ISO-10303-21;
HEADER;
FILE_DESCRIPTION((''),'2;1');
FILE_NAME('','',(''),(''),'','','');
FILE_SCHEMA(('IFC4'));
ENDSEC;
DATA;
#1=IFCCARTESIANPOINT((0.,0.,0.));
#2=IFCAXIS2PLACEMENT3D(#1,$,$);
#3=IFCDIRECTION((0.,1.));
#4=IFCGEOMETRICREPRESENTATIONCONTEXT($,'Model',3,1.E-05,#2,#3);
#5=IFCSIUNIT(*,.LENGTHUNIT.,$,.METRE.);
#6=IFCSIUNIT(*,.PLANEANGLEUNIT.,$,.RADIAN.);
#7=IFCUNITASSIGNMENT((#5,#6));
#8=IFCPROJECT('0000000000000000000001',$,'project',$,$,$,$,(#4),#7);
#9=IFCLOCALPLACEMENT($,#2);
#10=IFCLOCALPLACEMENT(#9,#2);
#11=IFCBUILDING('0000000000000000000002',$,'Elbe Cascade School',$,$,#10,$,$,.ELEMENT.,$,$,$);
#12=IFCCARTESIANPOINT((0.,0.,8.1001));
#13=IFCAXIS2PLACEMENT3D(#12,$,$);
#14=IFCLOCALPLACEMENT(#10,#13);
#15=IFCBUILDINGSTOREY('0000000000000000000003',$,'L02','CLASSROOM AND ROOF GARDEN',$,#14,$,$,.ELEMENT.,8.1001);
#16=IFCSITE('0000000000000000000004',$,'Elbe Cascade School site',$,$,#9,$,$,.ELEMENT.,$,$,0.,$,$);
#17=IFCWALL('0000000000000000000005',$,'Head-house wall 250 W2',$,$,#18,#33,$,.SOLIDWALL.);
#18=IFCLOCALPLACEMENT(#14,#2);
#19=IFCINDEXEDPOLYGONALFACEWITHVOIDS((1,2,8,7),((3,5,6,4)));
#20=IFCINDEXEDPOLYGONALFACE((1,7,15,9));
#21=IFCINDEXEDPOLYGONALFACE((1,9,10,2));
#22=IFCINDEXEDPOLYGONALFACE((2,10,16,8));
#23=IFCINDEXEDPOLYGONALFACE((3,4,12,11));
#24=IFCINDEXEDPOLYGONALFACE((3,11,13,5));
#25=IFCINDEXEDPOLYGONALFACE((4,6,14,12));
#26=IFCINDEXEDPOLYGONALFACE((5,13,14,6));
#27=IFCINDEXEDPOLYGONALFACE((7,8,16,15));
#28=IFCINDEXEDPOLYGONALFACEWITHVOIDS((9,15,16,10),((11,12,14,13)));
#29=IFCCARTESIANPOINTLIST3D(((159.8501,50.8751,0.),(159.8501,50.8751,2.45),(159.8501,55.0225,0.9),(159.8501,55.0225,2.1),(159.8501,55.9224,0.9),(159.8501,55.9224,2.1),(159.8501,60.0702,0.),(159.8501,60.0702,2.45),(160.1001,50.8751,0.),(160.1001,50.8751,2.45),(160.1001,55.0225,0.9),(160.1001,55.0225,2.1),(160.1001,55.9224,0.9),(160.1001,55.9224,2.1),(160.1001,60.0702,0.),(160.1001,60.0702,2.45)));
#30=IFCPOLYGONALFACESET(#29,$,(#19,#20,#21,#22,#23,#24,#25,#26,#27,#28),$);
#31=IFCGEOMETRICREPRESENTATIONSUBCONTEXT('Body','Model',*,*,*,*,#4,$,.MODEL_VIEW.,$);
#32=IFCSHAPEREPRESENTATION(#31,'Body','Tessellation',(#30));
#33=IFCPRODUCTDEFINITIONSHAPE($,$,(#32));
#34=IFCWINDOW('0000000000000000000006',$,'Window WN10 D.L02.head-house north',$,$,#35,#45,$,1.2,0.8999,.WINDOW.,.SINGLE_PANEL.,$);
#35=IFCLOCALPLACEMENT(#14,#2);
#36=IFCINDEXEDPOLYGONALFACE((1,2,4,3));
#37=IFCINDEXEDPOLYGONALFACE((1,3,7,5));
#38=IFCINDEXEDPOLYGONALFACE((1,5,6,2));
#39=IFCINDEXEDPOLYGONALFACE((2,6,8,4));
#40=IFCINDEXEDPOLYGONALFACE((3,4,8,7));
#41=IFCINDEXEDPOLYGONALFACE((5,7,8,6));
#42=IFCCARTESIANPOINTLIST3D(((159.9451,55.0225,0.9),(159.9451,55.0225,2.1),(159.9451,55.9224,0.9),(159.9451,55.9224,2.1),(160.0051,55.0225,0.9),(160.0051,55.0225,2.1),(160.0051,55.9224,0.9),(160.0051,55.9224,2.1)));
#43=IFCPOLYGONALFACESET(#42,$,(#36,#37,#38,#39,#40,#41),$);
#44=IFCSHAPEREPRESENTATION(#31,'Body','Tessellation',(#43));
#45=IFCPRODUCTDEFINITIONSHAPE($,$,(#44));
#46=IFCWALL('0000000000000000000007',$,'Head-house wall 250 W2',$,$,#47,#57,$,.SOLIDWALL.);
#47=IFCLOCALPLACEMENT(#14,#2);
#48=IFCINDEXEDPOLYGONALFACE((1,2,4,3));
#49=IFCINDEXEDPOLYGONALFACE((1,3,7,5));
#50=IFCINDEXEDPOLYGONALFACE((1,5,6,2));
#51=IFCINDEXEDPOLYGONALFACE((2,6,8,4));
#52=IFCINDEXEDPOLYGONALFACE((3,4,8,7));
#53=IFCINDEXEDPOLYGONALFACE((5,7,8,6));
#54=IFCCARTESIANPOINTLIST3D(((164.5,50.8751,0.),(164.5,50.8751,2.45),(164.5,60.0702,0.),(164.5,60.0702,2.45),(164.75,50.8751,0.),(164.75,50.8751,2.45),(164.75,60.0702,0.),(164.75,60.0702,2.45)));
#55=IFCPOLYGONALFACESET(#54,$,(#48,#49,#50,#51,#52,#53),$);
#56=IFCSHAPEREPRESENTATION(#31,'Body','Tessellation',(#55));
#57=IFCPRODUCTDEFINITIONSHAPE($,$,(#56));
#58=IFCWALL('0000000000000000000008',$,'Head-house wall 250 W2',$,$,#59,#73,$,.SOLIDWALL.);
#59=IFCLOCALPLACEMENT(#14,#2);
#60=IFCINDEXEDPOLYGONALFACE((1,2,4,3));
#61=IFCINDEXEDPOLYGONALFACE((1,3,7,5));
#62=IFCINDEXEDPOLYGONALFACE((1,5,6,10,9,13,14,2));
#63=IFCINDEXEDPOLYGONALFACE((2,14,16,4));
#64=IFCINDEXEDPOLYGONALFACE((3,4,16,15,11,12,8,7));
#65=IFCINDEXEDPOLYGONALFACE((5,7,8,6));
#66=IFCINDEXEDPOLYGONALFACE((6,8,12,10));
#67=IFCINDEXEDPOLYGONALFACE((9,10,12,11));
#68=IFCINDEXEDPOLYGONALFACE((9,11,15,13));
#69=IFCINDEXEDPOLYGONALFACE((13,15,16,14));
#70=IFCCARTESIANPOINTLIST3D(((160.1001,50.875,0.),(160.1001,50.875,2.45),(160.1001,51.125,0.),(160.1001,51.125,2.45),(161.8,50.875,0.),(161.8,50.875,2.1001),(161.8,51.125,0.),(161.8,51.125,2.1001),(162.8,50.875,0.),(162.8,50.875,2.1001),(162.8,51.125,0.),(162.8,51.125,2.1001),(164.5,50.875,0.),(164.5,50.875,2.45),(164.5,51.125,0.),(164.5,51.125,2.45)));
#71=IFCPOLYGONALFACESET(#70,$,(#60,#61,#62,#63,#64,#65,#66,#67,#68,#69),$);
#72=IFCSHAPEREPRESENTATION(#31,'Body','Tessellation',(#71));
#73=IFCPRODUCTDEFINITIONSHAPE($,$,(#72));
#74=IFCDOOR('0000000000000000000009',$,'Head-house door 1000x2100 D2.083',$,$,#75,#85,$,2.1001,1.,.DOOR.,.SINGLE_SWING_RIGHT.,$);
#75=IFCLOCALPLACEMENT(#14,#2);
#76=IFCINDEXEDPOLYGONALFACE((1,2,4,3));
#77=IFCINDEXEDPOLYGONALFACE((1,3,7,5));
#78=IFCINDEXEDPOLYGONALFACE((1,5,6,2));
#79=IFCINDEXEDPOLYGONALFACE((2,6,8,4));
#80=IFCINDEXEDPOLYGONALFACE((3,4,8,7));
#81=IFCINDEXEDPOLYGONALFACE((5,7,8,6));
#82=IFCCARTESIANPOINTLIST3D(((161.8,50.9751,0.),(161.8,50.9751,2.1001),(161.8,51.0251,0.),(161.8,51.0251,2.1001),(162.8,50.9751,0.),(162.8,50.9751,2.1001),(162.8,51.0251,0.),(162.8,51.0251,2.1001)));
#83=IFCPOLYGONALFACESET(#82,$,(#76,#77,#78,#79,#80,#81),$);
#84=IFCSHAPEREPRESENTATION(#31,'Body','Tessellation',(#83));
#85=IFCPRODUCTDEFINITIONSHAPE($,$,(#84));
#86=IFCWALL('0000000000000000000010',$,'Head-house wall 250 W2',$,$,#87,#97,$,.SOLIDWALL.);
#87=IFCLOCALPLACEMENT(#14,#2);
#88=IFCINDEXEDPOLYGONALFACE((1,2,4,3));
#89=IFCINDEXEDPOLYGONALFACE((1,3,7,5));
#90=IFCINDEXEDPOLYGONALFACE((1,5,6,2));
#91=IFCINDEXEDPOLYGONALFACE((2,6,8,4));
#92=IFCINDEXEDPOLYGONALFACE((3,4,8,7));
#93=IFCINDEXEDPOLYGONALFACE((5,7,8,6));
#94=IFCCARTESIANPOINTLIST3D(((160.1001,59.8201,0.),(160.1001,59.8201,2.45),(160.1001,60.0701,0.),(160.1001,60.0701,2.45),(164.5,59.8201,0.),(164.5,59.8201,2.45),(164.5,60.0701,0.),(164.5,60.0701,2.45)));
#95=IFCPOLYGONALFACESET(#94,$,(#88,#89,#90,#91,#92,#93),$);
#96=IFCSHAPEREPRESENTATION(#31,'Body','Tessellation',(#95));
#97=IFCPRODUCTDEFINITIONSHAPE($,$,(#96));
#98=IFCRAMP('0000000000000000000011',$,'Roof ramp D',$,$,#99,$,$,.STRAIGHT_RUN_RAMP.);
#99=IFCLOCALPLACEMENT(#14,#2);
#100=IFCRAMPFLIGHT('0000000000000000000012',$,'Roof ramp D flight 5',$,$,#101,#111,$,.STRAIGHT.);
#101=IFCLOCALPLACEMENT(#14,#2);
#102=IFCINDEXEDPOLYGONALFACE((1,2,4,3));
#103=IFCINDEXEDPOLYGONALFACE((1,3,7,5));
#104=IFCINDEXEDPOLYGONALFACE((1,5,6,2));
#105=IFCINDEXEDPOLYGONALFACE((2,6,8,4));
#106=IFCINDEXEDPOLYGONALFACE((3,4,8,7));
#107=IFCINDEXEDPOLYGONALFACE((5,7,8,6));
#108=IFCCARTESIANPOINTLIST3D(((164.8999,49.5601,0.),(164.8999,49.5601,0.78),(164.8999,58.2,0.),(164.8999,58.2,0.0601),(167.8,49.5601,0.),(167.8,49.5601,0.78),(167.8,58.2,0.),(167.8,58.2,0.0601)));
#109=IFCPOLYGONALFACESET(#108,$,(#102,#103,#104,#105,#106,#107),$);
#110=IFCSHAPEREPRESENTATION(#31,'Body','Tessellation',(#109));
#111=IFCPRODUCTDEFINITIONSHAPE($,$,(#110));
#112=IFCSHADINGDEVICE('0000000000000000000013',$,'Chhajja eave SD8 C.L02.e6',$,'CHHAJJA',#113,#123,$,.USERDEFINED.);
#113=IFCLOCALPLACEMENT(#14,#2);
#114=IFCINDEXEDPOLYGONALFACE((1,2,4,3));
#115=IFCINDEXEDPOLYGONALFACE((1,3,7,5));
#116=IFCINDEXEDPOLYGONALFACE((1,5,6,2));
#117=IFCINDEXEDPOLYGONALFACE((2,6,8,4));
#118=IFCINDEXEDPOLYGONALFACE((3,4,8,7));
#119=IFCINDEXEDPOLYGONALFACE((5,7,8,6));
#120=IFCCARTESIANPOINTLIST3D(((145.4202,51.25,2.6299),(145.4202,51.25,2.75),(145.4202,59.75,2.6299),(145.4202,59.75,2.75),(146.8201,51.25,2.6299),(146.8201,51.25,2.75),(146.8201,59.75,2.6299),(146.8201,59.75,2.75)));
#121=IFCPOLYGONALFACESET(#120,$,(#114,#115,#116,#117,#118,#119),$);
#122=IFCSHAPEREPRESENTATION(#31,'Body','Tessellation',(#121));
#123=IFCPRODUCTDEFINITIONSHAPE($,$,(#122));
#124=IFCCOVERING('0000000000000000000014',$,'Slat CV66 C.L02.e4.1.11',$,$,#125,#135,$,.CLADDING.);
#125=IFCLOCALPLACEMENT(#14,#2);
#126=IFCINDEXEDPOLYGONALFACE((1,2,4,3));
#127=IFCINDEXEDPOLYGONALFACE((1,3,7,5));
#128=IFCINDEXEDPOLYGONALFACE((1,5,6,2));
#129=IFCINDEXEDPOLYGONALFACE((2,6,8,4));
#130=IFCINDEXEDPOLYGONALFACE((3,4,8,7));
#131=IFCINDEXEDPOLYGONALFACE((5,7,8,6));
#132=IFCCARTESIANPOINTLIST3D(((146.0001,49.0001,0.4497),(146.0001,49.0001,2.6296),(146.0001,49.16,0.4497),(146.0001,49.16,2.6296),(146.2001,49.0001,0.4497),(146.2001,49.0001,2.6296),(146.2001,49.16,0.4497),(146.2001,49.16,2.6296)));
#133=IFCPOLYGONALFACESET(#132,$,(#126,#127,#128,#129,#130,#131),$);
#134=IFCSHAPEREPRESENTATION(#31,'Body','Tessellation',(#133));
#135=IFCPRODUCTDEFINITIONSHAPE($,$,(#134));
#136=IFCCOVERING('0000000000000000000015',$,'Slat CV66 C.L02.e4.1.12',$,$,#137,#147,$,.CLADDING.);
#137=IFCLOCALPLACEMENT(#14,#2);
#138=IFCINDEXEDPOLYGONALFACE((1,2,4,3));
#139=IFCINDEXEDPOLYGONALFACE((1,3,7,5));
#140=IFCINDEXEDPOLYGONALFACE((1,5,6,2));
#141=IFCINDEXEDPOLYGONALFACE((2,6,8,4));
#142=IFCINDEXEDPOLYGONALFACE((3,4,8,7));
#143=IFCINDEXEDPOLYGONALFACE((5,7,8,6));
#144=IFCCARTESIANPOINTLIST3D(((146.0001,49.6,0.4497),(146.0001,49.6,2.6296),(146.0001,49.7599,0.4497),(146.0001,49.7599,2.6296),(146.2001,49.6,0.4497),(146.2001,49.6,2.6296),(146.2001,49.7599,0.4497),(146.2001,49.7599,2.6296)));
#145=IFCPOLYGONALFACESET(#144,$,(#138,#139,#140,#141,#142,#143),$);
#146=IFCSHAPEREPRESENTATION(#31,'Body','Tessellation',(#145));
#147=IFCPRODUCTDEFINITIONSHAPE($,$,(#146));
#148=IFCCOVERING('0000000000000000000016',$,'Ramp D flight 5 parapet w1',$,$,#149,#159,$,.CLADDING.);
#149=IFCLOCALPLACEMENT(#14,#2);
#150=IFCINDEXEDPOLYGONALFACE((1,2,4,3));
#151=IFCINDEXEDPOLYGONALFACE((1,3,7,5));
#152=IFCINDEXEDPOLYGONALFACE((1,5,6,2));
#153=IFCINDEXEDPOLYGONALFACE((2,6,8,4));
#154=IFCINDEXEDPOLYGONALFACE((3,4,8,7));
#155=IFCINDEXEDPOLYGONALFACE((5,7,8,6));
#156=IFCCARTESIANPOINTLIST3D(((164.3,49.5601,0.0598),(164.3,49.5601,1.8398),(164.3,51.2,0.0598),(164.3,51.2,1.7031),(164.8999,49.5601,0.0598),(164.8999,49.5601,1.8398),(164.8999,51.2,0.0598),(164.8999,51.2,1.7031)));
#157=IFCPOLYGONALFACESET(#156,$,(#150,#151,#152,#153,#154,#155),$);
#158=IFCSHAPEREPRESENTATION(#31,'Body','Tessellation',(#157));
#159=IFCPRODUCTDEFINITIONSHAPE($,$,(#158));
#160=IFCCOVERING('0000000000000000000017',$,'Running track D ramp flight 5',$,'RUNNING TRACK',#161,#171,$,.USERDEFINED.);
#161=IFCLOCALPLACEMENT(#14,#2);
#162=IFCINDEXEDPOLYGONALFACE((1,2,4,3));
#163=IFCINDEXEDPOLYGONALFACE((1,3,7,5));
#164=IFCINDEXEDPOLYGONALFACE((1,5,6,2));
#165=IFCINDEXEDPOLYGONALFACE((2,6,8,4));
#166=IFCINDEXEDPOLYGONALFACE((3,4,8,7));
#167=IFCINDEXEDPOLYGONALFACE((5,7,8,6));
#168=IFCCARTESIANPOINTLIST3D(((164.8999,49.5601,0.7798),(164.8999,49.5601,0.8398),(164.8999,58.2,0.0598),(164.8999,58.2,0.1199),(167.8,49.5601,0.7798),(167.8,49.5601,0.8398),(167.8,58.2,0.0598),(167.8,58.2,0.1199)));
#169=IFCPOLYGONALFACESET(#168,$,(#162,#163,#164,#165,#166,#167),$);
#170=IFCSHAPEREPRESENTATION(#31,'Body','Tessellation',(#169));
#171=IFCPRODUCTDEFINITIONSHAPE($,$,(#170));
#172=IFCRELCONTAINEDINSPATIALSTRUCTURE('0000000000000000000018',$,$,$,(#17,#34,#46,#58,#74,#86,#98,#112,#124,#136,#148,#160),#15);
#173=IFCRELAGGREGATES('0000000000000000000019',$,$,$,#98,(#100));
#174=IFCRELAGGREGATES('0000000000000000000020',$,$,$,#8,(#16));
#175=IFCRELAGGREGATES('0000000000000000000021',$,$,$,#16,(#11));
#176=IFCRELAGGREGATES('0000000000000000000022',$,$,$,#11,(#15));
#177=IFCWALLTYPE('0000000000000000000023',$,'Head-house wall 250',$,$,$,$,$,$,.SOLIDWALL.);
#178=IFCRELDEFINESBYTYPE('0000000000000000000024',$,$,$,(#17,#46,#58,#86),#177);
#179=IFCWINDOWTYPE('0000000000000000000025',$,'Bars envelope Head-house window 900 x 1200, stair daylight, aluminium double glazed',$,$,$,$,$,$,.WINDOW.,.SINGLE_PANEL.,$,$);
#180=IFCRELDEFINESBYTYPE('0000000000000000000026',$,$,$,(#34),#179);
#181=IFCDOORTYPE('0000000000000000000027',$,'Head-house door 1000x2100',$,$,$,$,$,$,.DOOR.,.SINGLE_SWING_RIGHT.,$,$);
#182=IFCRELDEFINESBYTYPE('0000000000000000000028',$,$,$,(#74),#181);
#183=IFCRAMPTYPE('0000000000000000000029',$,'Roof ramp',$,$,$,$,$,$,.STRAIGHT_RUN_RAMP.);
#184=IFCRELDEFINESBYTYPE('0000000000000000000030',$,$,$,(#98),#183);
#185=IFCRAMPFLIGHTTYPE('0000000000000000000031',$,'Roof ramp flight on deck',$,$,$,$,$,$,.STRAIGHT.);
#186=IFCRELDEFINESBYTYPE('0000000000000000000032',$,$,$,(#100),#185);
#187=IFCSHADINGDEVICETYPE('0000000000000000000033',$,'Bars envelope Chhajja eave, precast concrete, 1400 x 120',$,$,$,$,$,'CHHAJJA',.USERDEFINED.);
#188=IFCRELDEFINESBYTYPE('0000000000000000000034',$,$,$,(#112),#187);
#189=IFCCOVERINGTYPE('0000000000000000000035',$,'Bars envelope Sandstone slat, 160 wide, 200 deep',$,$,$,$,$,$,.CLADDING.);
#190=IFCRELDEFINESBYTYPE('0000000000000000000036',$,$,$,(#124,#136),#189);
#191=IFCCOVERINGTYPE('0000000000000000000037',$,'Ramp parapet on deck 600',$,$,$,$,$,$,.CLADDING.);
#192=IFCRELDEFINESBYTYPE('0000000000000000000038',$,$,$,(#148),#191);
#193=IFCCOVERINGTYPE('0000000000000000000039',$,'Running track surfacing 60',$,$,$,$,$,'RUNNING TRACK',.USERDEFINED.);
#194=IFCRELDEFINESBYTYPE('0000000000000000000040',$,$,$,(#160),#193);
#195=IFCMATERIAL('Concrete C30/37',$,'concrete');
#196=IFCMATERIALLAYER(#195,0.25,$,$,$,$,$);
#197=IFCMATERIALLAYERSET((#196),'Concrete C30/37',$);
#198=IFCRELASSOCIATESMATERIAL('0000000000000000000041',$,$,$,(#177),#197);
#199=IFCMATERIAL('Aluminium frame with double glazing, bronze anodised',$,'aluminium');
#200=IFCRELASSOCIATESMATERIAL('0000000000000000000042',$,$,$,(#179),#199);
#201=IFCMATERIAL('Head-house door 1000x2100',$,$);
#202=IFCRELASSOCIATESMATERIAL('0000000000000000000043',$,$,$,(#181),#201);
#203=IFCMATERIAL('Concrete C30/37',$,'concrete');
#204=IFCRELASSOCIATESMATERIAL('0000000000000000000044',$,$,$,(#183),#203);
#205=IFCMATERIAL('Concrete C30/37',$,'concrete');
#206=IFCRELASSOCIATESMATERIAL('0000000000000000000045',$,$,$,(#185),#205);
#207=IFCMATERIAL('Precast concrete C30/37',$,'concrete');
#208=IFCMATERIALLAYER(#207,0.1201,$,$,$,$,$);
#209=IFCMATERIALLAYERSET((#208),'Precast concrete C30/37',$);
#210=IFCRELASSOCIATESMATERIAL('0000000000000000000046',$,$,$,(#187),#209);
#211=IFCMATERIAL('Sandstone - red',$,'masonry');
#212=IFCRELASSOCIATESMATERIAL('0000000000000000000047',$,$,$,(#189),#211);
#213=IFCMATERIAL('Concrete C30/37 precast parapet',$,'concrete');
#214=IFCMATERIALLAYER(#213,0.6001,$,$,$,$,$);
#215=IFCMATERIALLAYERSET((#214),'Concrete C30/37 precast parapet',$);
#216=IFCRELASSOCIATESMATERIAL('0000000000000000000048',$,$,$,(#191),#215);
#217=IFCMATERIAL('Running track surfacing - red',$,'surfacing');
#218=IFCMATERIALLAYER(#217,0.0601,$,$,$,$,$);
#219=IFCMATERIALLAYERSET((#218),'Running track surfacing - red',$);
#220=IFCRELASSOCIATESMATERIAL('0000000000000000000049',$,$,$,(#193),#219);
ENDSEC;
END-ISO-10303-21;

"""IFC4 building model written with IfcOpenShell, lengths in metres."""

from ifc_helpers import new_model, si_unit, direction, frame, frame_2d, origin, origin_2d, place, context, subcontext, project, spatial, polyline, rectangle, outline, extrude, material, layer, layer_set, type_object, element, fill, aggregate, save


model = new_model("IFC4")

# Units and contexts
model_context = context("Model", 3, precision=1e-05, world=origin(), true_north=direction((0.0, 1.0)))
body_context = subcontext(model_context, "Body", "Model", "MODEL_VIEW")
ifc_project = project(units=[si_unit("LENGTHUNIT", "METRE"), si_unit("PLANEANGLEUNIT", "RADIAN")], contexts=[model_context])

# Site, building, storey
site_placement = place(None, origin())
site = spatial("IfcSite", under=ifc_project, at=site_placement, Name="Elbe Cascade School site", CompositionType="ELEMENT", RefElevation=0.0)
building_placement = place(site_placement, origin())
building = spatial("IfcBuilding", under=site, at=building_placement, Name="Elbe Cascade School", CompositionType="ELEMENT")
storey_placement = place(building_placement, frame((0.0, 0.0, 8.1001)))
storey = spatial("IfcBuildingStorey", under=building, at=storey_placement, Name="L02", Description="CLASSROOM AND ROOF GARDEN", CompositionType="ELEMENT", Elevation=8.1001)

# Wall, opening, window
ifc_material_1 = material(Name="Concrete C30/37", Category="concrete")
ifc_layer_1 = layer(ifc_material_1, 0.25)
ifc_layer_set_1 = layer_set([ifc_layer_1], Name="Concrete C30/37")
wall_type = type_object("IfcWallType", Name="Head-house wall 250", PredefinedType="SOLIDWALL", material=ifc_layer_set_1)
wall_1_placement = place(storey_placement, frame((159.9751, 50.875, 0.0), z_axis=(0.0, 0.0, 1.0), x_axis=(0.0, 1.0, 0.0)))
wall_1 = element("IfcWall", 1, at=wall_1_placement, inside=storey, type_object=wall_type, Name="Head-house wall 250 W2", PredefinedType="SOLIDWALL", context=body_context, shape_type="SweptSolid", body=[
    extrude(rectangle(XDim=9.1951, YDim=0.25, at=frame_2d((4.5977, 0.0))), origin(), (0.0, 0.0, 1.0), 2.45),
])
opening_1_placement = place(wall_1_placement, frame((4.1475, 0.0, 0.8999)))
opening_1 = element("IfcOpeningElement", 2, at=opening_1_placement, cuts=wall_1, PredefinedType="OPENING", context=body_context, shape_type="SweptSolid", body=[
    extrude(rectangle(XDim=0.8999, YDim=1.2, at=frame_2d((0.45, 0.6001))), frame((0.0, 0.135, 0.0), z_axis=(0.0, -1.0, 0.0), x_axis=(1.0, 0.0, 0.0)), (0.0, 0.0, 1.0), 0.27),
])
ifc_material_2 = material(Name="Aluminium frame with double glazing, bronze anodised", Category="aluminium")
window_type = type_object("IfcWindowType", Name="Bars envelope Head-house window 900 x 1200, stair daylight, aluminium double glazed", PartitioningType="SINGLE_PANEL", PredefinedType="WINDOW", material=ifc_material_2)
window_placement = place(opening_1_placement, origin())
window = element("IfcWindow", 3, at=window_placement, inside=storey, type_object=window_type, Name="Window WN10 D.L02.head-house north", OverallHeight=1.2, OverallWidth=0.8999, PartitioningType="SINGLE_PANEL", PredefinedType="WINDOW", context=body_context, shape_type="SweptSolid", body=[
    extrude(rectangle(XDim=0.8999, YDim=1.2, at=frame_2d((0.45, 0.6001))), frame((0.0, 0.03, 0.0), z_axis=(0.0, -1.0, 0.0), x_axis=(1.0, 0.0, 0.0)), (0.0, 0.0, 1.0), 0.0601),
])
fill(opening_1, window)

# Wall
wall_2_placement = place(storey_placement, frame((164.625, 50.875, 0.0), z_axis=(0.0, 0.0, 1.0), x_axis=(0.0, 1.0, 0.0)))
element("IfcWall", 4, at=wall_2_placement, inside=storey, type_object=wall_type, Name="Head-house wall 250 W2", PredefinedType="SOLIDWALL", context=body_context, shape_type="SweptSolid", body=[
    extrude(rectangle(XDim=9.1951, YDim=0.25, at=frame_2d((4.5977, 0.0))), origin(), (0.0, 0.0, 1.0), 2.45),
])

# Wall, opening, door
wall_3_placement = place(storey_placement, frame((164.5, 51.0, 0.0), z_axis=(0.0, 0.0, 1.0), x_axis=(-1.0, 0.0, 0.0)))
wall_3 = element("IfcWall", 5, at=wall_3_placement, inside=storey, type_object=wall_type, Name="Head-house wall 250 W2", PredefinedType="SOLIDWALL", context=body_context, shape_type="SweptSolid", body=[
    extrude(rectangle(XDim=4.3999, YDim=0.25, at=frame_2d((2.2, 0.0))), origin(), (0.0, 0.0, 1.0), 2.45),
])
opening_2_placement = place(wall_3_placement, frame((1.7, 0.0, 0.0)))
opening_2 = element("IfcOpeningElement", 6, at=opening_2_placement, cuts=wall_3, PredefinedType="OPENING", context=body_context, shape_type="SweptSolid", body=[
    extrude(rectangle(XDim=1.0, YDim=2.1001, at=frame_2d((0.5, 1.05))), frame((0.0, 0.135, 0.0), z_axis=(0.0, -1.0, 0.0), x_axis=(1.0, 0.0, 0.0)), (0.0, 0.0, 1.0), 0.27),
])
ifc_material_3 = material(Name="Head-house door 1000x2100")
door_type = type_object("IfcDoorType", Name="Head-house door 1000x2100", OperationType="SINGLE_SWING_RIGHT", PredefinedType="DOOR", material=ifc_material_3)
door_placement = place(opening_2_placement, origin())
door = element("IfcDoor", 7, at=door_placement, inside=storey, type_object=door_type, Name="Head-house door 1000x2100 D2.083", OperationType="SINGLE_SWING_RIGHT", OverallHeight=2.1001, OverallWidth=1.0, PredefinedType="DOOR", context=body_context, shape_type="SweptSolid", body=[
    extrude(rectangle(XDim=1.0, YDim=2.1001, at=frame_2d((0.5, 1.05))), frame((0.0, 0.0249, 0.0), z_axis=(0.0, -1.0, 0.0), x_axis=(1.0, 0.0, 0.0)), (0.0, 0.0, 1.0), 0.05),
])
fill(opening_2, door)

# Wall
wall_4_placement = place(storey_placement, frame((160.1001, 59.9451, 0.0), z_axis=(0.0, 0.0, 1.0), x_axis=(1.0, 0.0, 0.0)))
element("IfcWall", 8, at=wall_4_placement, inside=storey, type_object=wall_type, Name="Head-house wall 250 W2", PredefinedType="SOLIDWALL", context=body_context, shape_type="SweptSolid", body=[
    extrude(rectangle(XDim=4.3999, YDim=0.25, at=frame_2d((2.2, 0.0))), origin(), (0.0, 0.0, 1.0), 2.45),
])

# Ramp, ramp flight
ifc_material_4 = material(Name="Concrete C30/37", Category="concrete")
ramp_type = type_object("IfcRampType", Name="Roof ramp", PredefinedType="STRAIGHT_RUN_RAMP", material=ifc_material_4)
ramp_placement = place(storey_placement, origin())
ramp = element("IfcRamp", 9, at=ramp_placement, inside=storey, type_object=ramp_type, Name="Roof ramp D", PredefinedType="STRAIGHT_RUN_RAMP")
ifc_material_5 = material(Name="Concrete C30/37", Category="concrete")
ramp_flight_type = type_object("IfcRampFlightType", Name="Roof ramp flight on deck", PredefinedType="STRAIGHT", material=ifc_material_5)
ramp_flight_placement = place(storey_placement, frame((164.8999, 49.5601, 0.0), z_axis=(1.0, 0.0, 0.0), x_axis=(0.0, 1.0, 0.0)))
ramp_flight = element("IfcRampFlight", 10, at=ramp_flight_placement, type_object=ramp_flight_type, Name="Roof ramp D flight 5", PredefinedType="STRAIGHT", context=body_context, shape_type="SweptSolid", body=[
    extrude(outline(polyline([(0.0, 0.0), (8.6399, 0.0), (8.6399, 0.0601), (0.0, 0.78), (0.0, 0.0)])), origin(), (0.0, 0.0, 1.0), 2.9001),
])
aggregate(ramp, [ramp_flight])

# Shading device
ifc_material_6 = material(Name="Precast concrete C30/37", Category="concrete")
ifc_layer_2 = layer(ifc_material_6, 0.1201)
ifc_layer_set_2 = layer_set([ifc_layer_2], Name="Precast concrete C30/37")
shading_device_type_1 = type_object("IfcShadingDeviceType", Name="Bars envelope Chhajja eave, precast concrete, 1400 x 120", ElementType="CHHAJJA", PredefinedType="USERDEFINED", material=ifc_layer_set_2)
shading_device_1_placement = place(storey_placement, frame((146.1201, 55.5, 2.6299), z_axis=(0.0, 0.0, 1.0), x_axis=(0.0, 1.0, 0.0)))
element("IfcShadingDevice", 11, at=shading_device_1_placement, inside=storey, type_object=shading_device_type_1, Name="Chhajja eave SD8 C.L02.e6", ObjectType="CHHAJJA", PredefinedType="USERDEFINED", context=body_context, shape_type="SweptSolid", body=[
    extrude(rectangle(XDim=8.5, YDim=1.3999, at=origin_2d()), origin(), (0.0, 0.0, 1.0), 0.1201),
])

# Coverings
ifc_material_7 = material(Name="Sandstone - red", Category="masonry")
covering_type_1 = type_object("IfcCoveringType", Name="Bars envelope Sandstone slat, 160 wide, 200 deep", PredefinedType="CLADDING", material=ifc_material_7)
for number, where, z_axis, x_axis, name in (
    (12, (146.1001, 49.0801, 0.4497), (0.0, 0.0, 1.0), (0.0, 1.0, 0.0), "Slat CV66 C.L02.e4.1.11"),
    (13, (146.1001, 49.6799, 0.4497), (0.0, 0.0, 1.0), (0.0, 1.0, 0.0), "Slat CV66 C.L02.e4.1.12"),
):
    element("IfcCovering", number, at=place(storey_placement, frame(where, z_axis=z_axis, x_axis=x_axis)), inside=storey, type_object=covering_type_1, Name=name, PredefinedType="CLADDING", context=body_context, shape_type="SweptSolid", body=[
        extrude(rectangle(XDim=0.1599, YDim=0.2, at=origin_2d()), origin(), (0.0, 0.0, 1.0), 2.1799),
    ])
ifc_material_8 = material(Name="Concrete C30/37 precast parapet", Category="concrete")
ifc_layer_3 = layer(ifc_material_8, 0.6001)
ifc_layer_set_3 = layer_set([ifc_layer_3], Name="Concrete C30/37 precast parapet")
covering_type_2 = type_object("IfcCoveringType", Name="Ramp parapet on deck 600", PredefinedType="CLADDING", material=ifc_layer_set_3)
covering_1_placement = place(storey_placement, frame((164.3, 49.5601, 0.0598), z_axis=(1.0, 0.0, 0.0), x_axis=(0.0, 1.0, 0.0)))
element("IfcCovering", 14, at=covering_1_placement, inside=storey, type_object=covering_type_2, Name="Ramp D flight 5 parapet w1", PredefinedType="CLADDING", context=body_context, shape_type="SweptSolid", body=[
    extrude(outline(polyline([(0.0, 0.0), (1.6399, 0.0), (1.6399, 1.6433), (0.0, 1.78), (0.0, 0.0)])), origin(), (0.0, 0.0, 1.0), 0.5999),
])
ifc_material_9 = material(Name="Running track surfacing - red", Category="surfacing")
ifc_layer_4 = layer(ifc_material_9, 0.0601)
ifc_layer_set_4 = layer_set([ifc_layer_4], Name="Running track surfacing - red")
covering_type_3 = type_object("IfcCoveringType", Name="Running track surfacing 60", ElementType="RUNNING TRACK", PredefinedType="USERDEFINED", material=ifc_layer_set_4)
covering_2_placement = place(storey_placement, frame((164.8999, 49.5601, 0.8398), z_axis=(0.0, 0.083043, 0.996546), x_axis=(0.0, 0.996546, -0.083043)))
element("IfcCovering", 15, at=covering_2_placement, inside=storey, type_object=covering_type_3, Name="Running track D ramp flight 5", ObjectType="RUNNING TRACK", PredefinedType="USERDEFINED", context=body_context, shape_type="SweptSolid", body=[
    extrude(outline(polyline([(0.0, 0.0), (8.6698, 0.0), (8.6698, -2.9001), (0.0, -2.9001), (0.0, 0.0)])), origin(), (0.083043, 0.0, -0.996546), 0.0601),
])

save(model, "model.ifc")
